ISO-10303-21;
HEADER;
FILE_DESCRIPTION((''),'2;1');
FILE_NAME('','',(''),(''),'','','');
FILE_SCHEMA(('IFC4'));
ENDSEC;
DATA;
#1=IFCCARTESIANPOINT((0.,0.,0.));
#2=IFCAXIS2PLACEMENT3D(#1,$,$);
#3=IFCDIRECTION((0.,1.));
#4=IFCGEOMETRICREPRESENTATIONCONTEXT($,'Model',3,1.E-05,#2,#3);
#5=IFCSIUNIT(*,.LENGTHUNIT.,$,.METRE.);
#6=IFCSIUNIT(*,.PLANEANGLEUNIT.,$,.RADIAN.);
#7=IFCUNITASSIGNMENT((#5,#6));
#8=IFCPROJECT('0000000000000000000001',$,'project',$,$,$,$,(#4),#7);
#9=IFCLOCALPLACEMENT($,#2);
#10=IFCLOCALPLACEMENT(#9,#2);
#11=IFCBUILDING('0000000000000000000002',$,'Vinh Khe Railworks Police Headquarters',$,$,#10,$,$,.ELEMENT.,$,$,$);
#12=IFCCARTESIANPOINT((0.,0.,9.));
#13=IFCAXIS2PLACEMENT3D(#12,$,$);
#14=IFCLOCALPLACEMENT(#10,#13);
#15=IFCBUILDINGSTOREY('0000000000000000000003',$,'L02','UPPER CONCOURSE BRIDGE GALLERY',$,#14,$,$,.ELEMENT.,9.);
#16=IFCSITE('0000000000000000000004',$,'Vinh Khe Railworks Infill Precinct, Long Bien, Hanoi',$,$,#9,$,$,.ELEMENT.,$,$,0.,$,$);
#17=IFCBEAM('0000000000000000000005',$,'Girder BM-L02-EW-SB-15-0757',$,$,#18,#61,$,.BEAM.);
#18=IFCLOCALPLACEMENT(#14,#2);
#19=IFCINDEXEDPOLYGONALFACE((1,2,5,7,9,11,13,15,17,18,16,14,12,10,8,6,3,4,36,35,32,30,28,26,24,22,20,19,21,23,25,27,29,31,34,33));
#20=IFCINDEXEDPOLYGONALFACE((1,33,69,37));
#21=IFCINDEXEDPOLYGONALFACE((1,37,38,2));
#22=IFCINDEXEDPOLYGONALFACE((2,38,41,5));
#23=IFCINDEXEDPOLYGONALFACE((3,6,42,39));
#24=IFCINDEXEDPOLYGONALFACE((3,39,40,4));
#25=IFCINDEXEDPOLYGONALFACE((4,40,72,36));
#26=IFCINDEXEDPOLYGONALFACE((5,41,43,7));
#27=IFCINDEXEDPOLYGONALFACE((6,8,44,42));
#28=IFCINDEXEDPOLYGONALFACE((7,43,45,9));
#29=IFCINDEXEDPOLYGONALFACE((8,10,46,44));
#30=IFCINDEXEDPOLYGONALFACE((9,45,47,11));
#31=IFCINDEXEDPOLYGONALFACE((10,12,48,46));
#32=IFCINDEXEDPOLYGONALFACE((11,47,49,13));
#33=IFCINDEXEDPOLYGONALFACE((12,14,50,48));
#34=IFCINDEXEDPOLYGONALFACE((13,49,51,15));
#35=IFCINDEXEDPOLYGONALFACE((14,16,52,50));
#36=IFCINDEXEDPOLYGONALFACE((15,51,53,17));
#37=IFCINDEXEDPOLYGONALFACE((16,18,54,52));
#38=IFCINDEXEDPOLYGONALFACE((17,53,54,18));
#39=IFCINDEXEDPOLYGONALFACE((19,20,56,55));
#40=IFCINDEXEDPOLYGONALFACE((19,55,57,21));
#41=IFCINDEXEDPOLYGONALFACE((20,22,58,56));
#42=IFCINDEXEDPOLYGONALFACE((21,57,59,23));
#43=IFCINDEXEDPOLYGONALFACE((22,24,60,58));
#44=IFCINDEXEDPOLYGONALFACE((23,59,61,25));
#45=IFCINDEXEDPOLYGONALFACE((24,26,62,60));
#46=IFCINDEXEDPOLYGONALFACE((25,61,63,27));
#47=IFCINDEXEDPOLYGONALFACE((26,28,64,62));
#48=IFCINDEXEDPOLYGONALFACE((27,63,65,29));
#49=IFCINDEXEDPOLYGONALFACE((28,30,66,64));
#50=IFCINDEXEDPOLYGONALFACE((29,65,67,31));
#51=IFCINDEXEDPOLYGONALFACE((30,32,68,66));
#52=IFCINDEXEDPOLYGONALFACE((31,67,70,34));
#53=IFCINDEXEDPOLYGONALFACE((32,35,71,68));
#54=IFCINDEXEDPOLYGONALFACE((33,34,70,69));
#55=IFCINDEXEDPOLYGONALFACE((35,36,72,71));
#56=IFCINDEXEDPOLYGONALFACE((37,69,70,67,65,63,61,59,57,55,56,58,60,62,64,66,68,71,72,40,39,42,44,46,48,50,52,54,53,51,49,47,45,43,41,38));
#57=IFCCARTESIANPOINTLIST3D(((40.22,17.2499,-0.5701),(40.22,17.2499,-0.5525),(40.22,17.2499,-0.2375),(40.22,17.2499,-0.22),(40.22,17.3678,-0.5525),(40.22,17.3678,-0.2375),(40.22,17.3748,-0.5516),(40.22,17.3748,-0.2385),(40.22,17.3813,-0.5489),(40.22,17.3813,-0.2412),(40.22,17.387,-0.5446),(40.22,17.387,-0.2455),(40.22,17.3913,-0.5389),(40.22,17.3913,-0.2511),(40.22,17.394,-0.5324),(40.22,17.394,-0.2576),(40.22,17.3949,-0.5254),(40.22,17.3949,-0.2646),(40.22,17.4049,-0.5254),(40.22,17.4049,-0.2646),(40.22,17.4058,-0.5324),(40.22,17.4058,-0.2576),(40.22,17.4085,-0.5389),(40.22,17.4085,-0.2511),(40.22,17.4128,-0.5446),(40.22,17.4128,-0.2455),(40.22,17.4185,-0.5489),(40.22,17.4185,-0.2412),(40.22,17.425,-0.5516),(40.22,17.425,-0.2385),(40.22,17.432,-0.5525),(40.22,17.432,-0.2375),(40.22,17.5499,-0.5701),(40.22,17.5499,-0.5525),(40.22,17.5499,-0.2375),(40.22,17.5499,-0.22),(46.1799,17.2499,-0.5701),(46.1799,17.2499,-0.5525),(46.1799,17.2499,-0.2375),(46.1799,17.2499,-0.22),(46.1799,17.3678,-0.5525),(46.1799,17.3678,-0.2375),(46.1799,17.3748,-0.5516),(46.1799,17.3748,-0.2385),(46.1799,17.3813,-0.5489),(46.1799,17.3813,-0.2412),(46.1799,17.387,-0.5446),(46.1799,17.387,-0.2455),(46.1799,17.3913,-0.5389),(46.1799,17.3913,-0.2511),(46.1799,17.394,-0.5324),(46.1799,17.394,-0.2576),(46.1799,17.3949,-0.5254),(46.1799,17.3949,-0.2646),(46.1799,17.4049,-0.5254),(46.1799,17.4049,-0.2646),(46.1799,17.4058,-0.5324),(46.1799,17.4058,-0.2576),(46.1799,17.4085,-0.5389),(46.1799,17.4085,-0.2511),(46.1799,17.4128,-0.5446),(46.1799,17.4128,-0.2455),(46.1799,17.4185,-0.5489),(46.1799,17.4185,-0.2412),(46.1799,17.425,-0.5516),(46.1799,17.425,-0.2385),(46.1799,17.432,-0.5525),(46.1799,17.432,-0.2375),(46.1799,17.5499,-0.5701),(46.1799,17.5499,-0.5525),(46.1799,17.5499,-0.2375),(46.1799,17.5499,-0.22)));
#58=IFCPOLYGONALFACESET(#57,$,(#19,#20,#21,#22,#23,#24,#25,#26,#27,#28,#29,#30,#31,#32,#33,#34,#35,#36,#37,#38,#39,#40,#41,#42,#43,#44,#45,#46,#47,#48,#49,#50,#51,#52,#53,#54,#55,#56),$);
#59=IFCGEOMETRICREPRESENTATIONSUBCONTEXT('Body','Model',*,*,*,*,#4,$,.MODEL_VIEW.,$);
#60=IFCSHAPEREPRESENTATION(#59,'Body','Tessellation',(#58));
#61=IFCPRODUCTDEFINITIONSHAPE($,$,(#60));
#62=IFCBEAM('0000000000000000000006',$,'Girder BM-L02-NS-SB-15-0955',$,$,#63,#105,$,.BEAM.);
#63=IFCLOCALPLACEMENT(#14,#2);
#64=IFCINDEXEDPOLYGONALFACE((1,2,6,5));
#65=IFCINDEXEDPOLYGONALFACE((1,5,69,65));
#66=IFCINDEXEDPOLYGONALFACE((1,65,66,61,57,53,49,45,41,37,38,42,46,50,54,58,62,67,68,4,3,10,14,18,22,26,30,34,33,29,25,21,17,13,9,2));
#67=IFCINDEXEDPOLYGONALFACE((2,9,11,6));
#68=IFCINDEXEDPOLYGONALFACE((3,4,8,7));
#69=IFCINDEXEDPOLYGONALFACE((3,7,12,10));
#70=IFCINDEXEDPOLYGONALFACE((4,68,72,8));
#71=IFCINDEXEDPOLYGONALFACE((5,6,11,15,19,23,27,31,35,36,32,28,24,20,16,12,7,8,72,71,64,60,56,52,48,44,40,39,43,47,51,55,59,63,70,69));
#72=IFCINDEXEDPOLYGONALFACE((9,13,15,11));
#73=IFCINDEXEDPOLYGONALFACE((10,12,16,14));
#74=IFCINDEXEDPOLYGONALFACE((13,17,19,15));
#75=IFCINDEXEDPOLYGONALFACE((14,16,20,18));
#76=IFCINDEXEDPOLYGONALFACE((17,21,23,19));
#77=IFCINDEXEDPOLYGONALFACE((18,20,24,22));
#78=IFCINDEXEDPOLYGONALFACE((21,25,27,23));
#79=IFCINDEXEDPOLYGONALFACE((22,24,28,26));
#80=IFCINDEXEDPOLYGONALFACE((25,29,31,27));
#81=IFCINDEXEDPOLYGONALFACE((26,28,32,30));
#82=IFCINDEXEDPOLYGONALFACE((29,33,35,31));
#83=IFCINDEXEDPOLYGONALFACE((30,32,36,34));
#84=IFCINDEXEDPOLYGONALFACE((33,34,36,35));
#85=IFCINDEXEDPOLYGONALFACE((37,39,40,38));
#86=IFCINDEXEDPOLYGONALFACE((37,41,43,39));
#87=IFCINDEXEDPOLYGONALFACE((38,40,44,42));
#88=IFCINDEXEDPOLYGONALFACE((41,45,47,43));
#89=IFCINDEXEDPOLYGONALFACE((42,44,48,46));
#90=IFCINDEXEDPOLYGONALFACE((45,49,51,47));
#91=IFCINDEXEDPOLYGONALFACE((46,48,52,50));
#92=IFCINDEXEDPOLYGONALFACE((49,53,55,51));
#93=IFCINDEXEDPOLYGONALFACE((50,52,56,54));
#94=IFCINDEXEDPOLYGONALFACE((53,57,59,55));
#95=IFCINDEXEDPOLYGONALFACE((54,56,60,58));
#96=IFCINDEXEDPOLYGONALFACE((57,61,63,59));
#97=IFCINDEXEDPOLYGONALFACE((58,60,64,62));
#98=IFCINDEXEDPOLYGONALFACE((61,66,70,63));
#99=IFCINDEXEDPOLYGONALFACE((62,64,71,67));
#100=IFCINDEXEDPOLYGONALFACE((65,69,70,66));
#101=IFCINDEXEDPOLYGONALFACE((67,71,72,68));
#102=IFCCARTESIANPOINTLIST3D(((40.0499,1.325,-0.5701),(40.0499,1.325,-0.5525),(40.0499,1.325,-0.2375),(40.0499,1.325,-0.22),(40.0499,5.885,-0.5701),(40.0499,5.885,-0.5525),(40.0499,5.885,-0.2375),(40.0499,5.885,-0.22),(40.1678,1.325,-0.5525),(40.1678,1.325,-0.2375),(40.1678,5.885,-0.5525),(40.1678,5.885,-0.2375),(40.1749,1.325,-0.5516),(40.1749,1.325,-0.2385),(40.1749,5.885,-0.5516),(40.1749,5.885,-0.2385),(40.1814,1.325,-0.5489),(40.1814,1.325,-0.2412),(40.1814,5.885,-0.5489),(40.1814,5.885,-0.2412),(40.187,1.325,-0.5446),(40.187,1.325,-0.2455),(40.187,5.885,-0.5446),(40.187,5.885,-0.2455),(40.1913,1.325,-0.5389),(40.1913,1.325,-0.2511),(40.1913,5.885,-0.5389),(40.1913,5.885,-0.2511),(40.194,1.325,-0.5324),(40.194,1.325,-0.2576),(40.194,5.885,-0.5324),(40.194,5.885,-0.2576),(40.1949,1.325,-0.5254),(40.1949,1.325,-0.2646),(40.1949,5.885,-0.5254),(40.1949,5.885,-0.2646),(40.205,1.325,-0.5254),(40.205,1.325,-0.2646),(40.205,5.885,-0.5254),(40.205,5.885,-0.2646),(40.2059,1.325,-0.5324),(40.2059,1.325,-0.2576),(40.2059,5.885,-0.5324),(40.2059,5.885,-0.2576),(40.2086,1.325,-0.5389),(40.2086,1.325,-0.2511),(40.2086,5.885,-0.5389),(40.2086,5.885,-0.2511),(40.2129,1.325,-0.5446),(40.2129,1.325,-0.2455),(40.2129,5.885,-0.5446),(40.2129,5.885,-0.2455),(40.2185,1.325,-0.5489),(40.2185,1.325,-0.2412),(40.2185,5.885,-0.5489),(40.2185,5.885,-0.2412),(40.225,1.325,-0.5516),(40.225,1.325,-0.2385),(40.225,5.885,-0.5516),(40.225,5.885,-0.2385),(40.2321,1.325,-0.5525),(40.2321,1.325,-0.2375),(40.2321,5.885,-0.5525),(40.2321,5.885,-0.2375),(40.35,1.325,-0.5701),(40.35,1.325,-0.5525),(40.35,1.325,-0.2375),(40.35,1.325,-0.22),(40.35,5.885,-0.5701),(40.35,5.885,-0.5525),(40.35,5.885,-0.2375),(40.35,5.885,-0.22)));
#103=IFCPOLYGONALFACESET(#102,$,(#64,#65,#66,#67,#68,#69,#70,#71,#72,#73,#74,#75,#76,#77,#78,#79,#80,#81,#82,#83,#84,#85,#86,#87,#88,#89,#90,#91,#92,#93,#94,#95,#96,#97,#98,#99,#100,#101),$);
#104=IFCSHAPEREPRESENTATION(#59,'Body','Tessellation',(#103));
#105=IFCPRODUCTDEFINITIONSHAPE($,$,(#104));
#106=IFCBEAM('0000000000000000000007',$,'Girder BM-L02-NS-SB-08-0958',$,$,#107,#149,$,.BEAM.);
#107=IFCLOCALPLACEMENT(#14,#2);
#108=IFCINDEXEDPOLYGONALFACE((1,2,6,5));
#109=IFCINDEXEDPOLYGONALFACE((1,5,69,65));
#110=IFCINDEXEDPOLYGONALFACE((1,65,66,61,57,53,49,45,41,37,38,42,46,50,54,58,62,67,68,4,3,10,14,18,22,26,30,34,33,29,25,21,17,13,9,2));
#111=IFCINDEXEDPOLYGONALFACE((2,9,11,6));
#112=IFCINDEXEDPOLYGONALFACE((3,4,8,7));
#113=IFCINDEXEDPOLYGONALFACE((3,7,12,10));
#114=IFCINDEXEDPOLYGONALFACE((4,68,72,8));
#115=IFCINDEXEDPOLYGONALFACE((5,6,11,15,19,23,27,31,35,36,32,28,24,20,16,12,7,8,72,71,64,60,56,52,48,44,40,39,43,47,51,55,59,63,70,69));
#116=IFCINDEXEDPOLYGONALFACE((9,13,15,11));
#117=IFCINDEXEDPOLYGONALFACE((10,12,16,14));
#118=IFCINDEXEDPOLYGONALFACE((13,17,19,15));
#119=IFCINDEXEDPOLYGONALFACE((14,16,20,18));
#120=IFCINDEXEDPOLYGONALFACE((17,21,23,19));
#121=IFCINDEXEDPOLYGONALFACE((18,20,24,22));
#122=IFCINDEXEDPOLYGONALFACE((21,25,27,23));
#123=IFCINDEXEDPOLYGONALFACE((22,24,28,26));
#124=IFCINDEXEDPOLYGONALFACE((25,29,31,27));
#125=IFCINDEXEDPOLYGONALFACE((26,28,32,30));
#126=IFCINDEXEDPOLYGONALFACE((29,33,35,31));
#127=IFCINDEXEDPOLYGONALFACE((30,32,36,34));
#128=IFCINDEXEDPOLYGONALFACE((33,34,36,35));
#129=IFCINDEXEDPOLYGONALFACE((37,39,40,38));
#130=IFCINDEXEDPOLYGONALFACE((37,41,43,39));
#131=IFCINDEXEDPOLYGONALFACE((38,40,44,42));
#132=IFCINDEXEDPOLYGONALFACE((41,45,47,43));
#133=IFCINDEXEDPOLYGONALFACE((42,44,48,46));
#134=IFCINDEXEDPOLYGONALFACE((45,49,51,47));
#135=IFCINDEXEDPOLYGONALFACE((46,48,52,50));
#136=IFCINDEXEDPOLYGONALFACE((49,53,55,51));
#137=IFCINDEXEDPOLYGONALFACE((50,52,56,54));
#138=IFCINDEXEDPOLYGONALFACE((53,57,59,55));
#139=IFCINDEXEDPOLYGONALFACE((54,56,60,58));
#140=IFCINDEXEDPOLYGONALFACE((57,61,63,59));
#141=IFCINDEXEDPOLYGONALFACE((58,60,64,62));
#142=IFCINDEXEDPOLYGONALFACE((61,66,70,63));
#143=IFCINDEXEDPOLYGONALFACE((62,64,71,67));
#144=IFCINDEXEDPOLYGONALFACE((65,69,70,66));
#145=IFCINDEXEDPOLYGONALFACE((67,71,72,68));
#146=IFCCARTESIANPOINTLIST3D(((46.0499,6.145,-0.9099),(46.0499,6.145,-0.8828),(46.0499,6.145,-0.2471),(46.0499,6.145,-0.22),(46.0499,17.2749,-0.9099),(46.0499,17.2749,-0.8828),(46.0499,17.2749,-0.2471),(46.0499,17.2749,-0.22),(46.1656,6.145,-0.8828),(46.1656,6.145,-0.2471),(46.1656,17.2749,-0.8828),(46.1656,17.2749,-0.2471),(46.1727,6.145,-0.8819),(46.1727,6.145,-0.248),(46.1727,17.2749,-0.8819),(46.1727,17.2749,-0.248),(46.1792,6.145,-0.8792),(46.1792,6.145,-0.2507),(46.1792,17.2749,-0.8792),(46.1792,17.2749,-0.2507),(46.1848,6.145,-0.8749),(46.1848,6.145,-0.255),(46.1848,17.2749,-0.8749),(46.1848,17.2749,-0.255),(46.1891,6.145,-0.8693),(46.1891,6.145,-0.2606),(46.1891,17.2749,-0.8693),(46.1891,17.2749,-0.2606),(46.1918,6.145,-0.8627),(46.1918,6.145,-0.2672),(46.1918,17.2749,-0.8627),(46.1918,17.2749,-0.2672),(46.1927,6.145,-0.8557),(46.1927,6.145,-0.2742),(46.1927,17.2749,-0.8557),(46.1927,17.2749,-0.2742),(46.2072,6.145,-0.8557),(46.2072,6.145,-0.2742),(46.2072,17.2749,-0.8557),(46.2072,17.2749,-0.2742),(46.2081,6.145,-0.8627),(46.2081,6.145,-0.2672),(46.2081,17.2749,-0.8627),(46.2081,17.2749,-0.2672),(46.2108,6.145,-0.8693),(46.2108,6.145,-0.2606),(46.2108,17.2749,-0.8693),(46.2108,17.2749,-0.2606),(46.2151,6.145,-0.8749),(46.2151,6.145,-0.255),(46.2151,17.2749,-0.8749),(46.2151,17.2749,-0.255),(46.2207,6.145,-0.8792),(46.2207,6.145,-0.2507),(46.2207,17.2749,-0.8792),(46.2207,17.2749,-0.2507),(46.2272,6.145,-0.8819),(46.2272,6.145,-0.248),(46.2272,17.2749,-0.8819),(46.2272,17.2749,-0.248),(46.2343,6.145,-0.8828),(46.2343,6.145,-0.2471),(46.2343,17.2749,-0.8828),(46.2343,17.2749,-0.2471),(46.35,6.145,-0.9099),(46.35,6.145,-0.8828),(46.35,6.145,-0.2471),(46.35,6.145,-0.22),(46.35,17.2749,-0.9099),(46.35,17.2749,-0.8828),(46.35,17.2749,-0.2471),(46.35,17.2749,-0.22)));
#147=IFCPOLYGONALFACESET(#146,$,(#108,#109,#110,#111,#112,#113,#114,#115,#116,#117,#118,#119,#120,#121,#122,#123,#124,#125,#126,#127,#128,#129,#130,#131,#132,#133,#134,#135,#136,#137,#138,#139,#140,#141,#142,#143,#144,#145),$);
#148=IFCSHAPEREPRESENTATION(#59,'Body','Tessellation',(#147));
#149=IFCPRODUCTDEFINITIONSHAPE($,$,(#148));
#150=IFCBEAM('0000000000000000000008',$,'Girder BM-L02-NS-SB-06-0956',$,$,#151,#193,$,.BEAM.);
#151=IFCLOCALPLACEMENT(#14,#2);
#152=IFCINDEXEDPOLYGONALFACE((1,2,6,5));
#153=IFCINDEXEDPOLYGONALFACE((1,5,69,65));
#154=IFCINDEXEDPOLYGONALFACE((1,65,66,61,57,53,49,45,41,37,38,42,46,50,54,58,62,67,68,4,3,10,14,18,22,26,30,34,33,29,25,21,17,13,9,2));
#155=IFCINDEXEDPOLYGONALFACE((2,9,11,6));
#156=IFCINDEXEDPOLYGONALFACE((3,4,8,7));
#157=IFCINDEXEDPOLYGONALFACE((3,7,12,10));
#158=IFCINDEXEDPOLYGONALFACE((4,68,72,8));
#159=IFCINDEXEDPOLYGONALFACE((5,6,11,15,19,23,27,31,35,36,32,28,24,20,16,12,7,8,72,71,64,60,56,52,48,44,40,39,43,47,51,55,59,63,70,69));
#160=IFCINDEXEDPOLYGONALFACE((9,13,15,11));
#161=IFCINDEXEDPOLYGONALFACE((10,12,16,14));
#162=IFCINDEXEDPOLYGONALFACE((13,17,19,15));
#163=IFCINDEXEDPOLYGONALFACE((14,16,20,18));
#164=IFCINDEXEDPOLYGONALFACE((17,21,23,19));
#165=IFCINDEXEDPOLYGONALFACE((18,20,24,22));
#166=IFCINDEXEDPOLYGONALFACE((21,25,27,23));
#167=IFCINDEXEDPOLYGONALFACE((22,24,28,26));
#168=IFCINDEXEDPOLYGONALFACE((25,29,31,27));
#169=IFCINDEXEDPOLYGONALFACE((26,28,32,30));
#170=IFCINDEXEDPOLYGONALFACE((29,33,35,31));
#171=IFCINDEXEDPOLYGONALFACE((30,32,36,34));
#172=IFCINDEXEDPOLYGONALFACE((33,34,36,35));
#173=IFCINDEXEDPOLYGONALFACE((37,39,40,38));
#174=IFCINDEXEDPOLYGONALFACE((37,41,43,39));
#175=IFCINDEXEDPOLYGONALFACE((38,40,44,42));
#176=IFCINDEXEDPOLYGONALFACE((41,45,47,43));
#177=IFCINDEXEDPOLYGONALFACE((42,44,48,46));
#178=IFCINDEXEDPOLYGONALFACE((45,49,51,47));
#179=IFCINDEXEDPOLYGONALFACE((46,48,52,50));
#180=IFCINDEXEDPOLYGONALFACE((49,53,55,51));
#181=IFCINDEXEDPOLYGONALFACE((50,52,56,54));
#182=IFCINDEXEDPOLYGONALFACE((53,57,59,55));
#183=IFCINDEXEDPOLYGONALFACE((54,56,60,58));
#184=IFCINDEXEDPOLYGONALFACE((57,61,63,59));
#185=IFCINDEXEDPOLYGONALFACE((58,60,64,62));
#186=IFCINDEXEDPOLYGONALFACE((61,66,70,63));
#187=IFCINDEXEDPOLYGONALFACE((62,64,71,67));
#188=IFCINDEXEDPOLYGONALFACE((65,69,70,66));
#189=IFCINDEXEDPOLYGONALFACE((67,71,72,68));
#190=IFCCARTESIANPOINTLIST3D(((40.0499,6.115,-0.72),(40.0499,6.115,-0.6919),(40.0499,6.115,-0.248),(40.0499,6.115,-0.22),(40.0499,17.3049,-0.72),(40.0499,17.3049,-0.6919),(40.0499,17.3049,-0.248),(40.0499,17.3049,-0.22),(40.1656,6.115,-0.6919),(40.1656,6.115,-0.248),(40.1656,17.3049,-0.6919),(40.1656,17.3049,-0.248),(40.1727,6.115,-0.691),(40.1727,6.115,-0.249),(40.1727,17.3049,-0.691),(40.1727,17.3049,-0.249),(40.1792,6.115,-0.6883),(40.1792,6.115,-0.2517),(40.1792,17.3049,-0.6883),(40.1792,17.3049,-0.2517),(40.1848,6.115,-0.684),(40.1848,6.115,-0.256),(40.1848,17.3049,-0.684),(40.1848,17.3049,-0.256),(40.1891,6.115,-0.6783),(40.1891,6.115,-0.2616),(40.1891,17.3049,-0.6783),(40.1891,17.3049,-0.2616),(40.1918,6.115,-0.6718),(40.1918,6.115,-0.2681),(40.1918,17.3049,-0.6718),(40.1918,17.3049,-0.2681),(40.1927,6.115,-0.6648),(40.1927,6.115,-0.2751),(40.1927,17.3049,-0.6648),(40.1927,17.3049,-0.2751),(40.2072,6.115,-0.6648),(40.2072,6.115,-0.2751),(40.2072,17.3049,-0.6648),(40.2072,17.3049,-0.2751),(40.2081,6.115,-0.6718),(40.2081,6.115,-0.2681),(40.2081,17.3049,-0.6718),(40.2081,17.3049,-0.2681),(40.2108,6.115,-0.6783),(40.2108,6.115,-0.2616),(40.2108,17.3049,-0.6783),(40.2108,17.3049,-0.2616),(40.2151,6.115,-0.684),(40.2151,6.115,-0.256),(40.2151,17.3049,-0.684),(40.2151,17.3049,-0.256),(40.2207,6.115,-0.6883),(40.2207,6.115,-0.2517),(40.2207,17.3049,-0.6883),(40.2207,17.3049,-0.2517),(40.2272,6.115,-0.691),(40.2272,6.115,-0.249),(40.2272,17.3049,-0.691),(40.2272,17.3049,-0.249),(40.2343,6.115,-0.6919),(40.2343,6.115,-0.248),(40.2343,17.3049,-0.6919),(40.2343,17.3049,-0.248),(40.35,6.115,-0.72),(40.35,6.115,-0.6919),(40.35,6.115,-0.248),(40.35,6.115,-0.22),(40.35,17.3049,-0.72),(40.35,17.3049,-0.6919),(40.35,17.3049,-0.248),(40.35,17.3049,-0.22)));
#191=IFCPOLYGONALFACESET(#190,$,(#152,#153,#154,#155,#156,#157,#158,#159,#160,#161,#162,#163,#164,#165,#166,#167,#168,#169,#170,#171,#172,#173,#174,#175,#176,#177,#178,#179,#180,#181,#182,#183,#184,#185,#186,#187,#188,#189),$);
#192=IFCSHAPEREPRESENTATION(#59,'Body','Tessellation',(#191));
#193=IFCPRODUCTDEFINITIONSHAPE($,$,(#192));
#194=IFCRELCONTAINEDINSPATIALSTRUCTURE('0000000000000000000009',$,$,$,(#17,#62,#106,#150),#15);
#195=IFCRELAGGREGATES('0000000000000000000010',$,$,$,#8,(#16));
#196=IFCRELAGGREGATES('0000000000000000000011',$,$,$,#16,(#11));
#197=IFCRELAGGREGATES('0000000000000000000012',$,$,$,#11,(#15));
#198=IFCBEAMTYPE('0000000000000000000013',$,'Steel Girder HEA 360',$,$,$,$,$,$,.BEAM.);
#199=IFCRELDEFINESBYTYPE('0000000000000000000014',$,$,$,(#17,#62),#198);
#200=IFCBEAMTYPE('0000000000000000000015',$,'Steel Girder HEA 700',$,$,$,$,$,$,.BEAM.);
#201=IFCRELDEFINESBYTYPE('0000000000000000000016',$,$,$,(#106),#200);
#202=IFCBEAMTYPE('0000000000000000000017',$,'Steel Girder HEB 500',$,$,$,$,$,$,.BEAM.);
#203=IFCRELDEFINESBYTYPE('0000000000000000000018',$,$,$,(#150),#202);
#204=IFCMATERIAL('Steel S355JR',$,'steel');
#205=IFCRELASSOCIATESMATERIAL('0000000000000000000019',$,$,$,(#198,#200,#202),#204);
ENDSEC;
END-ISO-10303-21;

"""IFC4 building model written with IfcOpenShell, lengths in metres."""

from ifc_helpers import new_model, si_unit, direction, frame, origin, origin_2d, place, context, subcontext, project, spatial, i_section, extrude, material, material_profile, profile_set, type_object, element, save


model = new_model("IFC4")

# Units and contexts
model_context = context("Model", 3, precision=1e-05, world=origin(), true_north=direction((0.0, 1.0)))
body_context = subcontext(model_context, "Body", "Model", "MODEL_VIEW")
ifc_project = project(units=[si_unit("LENGTHUNIT", "METRE"), si_unit("PLANEANGLEUNIT", "RADIAN")], contexts=[model_context])

# Site, building, storey
site_placement = place(None, origin())
site = spatial("IfcSite", under=ifc_project, at=site_placement, Name="Vinh Khe Railworks Infill Precinct, Long Bien, Hanoi", CompositionType="ELEMENT", RefElevation=0.0)
building_placement = place(site_placement, origin())
building = spatial("IfcBuilding", under=site, at=building_placement, Name="Vinh Khe Railworks Police Headquarters", CompositionType="ELEMENT")
storey_placement = place(building_placement, frame((0.0, 0.0, 9.0)))
storey = spatial("IfcBuildingStorey", under=building, at=storey_placement, Name="L02", Description="UPPER CONCOURSE BRIDGE GALLERY", CompositionType="ELEMENT", Elevation=9.0)

# Shared definitions
ifc_material_1 = material(Name="Steel S355JR", Category="steel")

# Beams
ifc_material_profile_1 = material_profile(ifc_material_1, i_section(OverallWidth=0.3, OverallDepth=0.3501, WebThickness=0.01, FlangeThickness=0.0176, FilletRadius=0.0271, at=origin_2d()), Name="HEA 360")
ifc_profile_set_1 = profile_set([ifc_material_profile_1], Name="Steel S355JR")
beam_type_1 = type_object("IfcBeamType", Name="Steel Girder HEA 360", PredefinedType="BEAM", material=ifc_profile_set_1)
beam_1_placement = place(storey_placement, frame((40.22, 17.3999, -0.395), z_axis=(1.0, 0.0, 0.0), x_axis=(0.0, 1.0, 0.0)))
element("IfcBeam", 1, at=beam_1_placement, inside=storey, type_object=beam_type_1, Name="Girder BM-L02-EW-SB-15-0757", PredefinedType="BEAM", context=body_context, shape_type="SweptSolid", body=[
    extrude(i_section(OverallWidth=0.3, OverallDepth=0.3501, WebThickness=0.01, FlangeThickness=0.0176, FilletRadius=0.0271, at=origin_2d()), origin(), (0.0, 0.0, 1.0), 5.96),
])
beam_2_placement = place(storey_placement, frame((40.2, 1.325, -0.395), z_axis=(0.0, 1.0, 0.0), x_axis=(-1.0, 0.0, 0.0)))
element("IfcBeam", 2, at=beam_2_placement, inside=storey, type_object=beam_type_1, Name="Girder BM-L02-NS-SB-15-0955", PredefinedType="BEAM", context=body_context, shape_type="SweptSolid", body=[
    extrude(i_section(OverallWidth=0.3, OverallDepth=0.3501, WebThickness=0.01, FlangeThickness=0.0176, FilletRadius=0.0271, at=origin_2d()), origin(), (0.0, 0.0, 1.0), 4.5601),
])
ifc_material_profile_2 = material_profile(ifc_material_1, i_section(OverallWidth=0.3, OverallDepth=0.6899, WebThickness=0.0144, FlangeThickness=0.0271, FilletRadius=0.0271, at=origin_2d()), Name="HEA 700")
ifc_profile_set_2 = profile_set([ifc_material_profile_2], Name="Steel S355JR")
beam_type_2 = type_object("IfcBeamType", Name="Steel Girder HEA 700", PredefinedType="BEAM", material=ifc_profile_set_2)
beam_3_placement = place(storey_placement, frame((46.2, 6.145, -0.5649), z_axis=(0.0, 1.0, 0.0), x_axis=(-1.0, 0.0, 0.0)))
element("IfcBeam", 3, at=beam_3_placement, inside=storey, type_object=beam_type_2, Name="Girder BM-L02-NS-SB-08-0958", PredefinedType="BEAM", context=body_context, shape_type="SweptSolid", body=[
    extrude(i_section(OverallWidth=0.3, OverallDepth=0.6899, WebThickness=0.0144, FlangeThickness=0.0271, FilletRadius=0.0271, at=origin_2d()), origin(), (0.0, 0.0, 1.0), 11.1299),
])
ifc_material_profile_3 = material_profile(ifc_material_1, i_section(OverallWidth=0.3, OverallDepth=0.5, WebThickness=0.0144, FlangeThickness=0.0281, FilletRadius=0.0271, at=origin_2d()), Name="HEB 500")
ifc_profile_set_3 = profile_set([ifc_material_profile_3], Name="Steel S355JR")
beam_type_3 = type_object("IfcBeamType", Name="Steel Girder HEB 500", PredefinedType="BEAM", material=ifc_profile_set_3)
beam_4_placement = place(storey_placement, frame((40.2, 6.115, -0.47), z_axis=(0.0, 1.0, 0.0), x_axis=(-1.0, 0.0, 0.0)))
element("IfcBeam", 4, at=beam_4_placement, inside=storey, type_object=beam_type_3, Name="Girder BM-L02-NS-SB-06-0956", PredefinedType="BEAM", context=body_context, shape_type="SweptSolid", body=[
    extrude(i_section(OverallWidth=0.3, OverallDepth=0.5, WebThickness=0.0144, FlangeThickness=0.0281, FilletRadius=0.0271, at=origin_2d()), origin(), (0.0, 0.0, 1.0), 11.1899),
])

save(model, "model.ifc")
